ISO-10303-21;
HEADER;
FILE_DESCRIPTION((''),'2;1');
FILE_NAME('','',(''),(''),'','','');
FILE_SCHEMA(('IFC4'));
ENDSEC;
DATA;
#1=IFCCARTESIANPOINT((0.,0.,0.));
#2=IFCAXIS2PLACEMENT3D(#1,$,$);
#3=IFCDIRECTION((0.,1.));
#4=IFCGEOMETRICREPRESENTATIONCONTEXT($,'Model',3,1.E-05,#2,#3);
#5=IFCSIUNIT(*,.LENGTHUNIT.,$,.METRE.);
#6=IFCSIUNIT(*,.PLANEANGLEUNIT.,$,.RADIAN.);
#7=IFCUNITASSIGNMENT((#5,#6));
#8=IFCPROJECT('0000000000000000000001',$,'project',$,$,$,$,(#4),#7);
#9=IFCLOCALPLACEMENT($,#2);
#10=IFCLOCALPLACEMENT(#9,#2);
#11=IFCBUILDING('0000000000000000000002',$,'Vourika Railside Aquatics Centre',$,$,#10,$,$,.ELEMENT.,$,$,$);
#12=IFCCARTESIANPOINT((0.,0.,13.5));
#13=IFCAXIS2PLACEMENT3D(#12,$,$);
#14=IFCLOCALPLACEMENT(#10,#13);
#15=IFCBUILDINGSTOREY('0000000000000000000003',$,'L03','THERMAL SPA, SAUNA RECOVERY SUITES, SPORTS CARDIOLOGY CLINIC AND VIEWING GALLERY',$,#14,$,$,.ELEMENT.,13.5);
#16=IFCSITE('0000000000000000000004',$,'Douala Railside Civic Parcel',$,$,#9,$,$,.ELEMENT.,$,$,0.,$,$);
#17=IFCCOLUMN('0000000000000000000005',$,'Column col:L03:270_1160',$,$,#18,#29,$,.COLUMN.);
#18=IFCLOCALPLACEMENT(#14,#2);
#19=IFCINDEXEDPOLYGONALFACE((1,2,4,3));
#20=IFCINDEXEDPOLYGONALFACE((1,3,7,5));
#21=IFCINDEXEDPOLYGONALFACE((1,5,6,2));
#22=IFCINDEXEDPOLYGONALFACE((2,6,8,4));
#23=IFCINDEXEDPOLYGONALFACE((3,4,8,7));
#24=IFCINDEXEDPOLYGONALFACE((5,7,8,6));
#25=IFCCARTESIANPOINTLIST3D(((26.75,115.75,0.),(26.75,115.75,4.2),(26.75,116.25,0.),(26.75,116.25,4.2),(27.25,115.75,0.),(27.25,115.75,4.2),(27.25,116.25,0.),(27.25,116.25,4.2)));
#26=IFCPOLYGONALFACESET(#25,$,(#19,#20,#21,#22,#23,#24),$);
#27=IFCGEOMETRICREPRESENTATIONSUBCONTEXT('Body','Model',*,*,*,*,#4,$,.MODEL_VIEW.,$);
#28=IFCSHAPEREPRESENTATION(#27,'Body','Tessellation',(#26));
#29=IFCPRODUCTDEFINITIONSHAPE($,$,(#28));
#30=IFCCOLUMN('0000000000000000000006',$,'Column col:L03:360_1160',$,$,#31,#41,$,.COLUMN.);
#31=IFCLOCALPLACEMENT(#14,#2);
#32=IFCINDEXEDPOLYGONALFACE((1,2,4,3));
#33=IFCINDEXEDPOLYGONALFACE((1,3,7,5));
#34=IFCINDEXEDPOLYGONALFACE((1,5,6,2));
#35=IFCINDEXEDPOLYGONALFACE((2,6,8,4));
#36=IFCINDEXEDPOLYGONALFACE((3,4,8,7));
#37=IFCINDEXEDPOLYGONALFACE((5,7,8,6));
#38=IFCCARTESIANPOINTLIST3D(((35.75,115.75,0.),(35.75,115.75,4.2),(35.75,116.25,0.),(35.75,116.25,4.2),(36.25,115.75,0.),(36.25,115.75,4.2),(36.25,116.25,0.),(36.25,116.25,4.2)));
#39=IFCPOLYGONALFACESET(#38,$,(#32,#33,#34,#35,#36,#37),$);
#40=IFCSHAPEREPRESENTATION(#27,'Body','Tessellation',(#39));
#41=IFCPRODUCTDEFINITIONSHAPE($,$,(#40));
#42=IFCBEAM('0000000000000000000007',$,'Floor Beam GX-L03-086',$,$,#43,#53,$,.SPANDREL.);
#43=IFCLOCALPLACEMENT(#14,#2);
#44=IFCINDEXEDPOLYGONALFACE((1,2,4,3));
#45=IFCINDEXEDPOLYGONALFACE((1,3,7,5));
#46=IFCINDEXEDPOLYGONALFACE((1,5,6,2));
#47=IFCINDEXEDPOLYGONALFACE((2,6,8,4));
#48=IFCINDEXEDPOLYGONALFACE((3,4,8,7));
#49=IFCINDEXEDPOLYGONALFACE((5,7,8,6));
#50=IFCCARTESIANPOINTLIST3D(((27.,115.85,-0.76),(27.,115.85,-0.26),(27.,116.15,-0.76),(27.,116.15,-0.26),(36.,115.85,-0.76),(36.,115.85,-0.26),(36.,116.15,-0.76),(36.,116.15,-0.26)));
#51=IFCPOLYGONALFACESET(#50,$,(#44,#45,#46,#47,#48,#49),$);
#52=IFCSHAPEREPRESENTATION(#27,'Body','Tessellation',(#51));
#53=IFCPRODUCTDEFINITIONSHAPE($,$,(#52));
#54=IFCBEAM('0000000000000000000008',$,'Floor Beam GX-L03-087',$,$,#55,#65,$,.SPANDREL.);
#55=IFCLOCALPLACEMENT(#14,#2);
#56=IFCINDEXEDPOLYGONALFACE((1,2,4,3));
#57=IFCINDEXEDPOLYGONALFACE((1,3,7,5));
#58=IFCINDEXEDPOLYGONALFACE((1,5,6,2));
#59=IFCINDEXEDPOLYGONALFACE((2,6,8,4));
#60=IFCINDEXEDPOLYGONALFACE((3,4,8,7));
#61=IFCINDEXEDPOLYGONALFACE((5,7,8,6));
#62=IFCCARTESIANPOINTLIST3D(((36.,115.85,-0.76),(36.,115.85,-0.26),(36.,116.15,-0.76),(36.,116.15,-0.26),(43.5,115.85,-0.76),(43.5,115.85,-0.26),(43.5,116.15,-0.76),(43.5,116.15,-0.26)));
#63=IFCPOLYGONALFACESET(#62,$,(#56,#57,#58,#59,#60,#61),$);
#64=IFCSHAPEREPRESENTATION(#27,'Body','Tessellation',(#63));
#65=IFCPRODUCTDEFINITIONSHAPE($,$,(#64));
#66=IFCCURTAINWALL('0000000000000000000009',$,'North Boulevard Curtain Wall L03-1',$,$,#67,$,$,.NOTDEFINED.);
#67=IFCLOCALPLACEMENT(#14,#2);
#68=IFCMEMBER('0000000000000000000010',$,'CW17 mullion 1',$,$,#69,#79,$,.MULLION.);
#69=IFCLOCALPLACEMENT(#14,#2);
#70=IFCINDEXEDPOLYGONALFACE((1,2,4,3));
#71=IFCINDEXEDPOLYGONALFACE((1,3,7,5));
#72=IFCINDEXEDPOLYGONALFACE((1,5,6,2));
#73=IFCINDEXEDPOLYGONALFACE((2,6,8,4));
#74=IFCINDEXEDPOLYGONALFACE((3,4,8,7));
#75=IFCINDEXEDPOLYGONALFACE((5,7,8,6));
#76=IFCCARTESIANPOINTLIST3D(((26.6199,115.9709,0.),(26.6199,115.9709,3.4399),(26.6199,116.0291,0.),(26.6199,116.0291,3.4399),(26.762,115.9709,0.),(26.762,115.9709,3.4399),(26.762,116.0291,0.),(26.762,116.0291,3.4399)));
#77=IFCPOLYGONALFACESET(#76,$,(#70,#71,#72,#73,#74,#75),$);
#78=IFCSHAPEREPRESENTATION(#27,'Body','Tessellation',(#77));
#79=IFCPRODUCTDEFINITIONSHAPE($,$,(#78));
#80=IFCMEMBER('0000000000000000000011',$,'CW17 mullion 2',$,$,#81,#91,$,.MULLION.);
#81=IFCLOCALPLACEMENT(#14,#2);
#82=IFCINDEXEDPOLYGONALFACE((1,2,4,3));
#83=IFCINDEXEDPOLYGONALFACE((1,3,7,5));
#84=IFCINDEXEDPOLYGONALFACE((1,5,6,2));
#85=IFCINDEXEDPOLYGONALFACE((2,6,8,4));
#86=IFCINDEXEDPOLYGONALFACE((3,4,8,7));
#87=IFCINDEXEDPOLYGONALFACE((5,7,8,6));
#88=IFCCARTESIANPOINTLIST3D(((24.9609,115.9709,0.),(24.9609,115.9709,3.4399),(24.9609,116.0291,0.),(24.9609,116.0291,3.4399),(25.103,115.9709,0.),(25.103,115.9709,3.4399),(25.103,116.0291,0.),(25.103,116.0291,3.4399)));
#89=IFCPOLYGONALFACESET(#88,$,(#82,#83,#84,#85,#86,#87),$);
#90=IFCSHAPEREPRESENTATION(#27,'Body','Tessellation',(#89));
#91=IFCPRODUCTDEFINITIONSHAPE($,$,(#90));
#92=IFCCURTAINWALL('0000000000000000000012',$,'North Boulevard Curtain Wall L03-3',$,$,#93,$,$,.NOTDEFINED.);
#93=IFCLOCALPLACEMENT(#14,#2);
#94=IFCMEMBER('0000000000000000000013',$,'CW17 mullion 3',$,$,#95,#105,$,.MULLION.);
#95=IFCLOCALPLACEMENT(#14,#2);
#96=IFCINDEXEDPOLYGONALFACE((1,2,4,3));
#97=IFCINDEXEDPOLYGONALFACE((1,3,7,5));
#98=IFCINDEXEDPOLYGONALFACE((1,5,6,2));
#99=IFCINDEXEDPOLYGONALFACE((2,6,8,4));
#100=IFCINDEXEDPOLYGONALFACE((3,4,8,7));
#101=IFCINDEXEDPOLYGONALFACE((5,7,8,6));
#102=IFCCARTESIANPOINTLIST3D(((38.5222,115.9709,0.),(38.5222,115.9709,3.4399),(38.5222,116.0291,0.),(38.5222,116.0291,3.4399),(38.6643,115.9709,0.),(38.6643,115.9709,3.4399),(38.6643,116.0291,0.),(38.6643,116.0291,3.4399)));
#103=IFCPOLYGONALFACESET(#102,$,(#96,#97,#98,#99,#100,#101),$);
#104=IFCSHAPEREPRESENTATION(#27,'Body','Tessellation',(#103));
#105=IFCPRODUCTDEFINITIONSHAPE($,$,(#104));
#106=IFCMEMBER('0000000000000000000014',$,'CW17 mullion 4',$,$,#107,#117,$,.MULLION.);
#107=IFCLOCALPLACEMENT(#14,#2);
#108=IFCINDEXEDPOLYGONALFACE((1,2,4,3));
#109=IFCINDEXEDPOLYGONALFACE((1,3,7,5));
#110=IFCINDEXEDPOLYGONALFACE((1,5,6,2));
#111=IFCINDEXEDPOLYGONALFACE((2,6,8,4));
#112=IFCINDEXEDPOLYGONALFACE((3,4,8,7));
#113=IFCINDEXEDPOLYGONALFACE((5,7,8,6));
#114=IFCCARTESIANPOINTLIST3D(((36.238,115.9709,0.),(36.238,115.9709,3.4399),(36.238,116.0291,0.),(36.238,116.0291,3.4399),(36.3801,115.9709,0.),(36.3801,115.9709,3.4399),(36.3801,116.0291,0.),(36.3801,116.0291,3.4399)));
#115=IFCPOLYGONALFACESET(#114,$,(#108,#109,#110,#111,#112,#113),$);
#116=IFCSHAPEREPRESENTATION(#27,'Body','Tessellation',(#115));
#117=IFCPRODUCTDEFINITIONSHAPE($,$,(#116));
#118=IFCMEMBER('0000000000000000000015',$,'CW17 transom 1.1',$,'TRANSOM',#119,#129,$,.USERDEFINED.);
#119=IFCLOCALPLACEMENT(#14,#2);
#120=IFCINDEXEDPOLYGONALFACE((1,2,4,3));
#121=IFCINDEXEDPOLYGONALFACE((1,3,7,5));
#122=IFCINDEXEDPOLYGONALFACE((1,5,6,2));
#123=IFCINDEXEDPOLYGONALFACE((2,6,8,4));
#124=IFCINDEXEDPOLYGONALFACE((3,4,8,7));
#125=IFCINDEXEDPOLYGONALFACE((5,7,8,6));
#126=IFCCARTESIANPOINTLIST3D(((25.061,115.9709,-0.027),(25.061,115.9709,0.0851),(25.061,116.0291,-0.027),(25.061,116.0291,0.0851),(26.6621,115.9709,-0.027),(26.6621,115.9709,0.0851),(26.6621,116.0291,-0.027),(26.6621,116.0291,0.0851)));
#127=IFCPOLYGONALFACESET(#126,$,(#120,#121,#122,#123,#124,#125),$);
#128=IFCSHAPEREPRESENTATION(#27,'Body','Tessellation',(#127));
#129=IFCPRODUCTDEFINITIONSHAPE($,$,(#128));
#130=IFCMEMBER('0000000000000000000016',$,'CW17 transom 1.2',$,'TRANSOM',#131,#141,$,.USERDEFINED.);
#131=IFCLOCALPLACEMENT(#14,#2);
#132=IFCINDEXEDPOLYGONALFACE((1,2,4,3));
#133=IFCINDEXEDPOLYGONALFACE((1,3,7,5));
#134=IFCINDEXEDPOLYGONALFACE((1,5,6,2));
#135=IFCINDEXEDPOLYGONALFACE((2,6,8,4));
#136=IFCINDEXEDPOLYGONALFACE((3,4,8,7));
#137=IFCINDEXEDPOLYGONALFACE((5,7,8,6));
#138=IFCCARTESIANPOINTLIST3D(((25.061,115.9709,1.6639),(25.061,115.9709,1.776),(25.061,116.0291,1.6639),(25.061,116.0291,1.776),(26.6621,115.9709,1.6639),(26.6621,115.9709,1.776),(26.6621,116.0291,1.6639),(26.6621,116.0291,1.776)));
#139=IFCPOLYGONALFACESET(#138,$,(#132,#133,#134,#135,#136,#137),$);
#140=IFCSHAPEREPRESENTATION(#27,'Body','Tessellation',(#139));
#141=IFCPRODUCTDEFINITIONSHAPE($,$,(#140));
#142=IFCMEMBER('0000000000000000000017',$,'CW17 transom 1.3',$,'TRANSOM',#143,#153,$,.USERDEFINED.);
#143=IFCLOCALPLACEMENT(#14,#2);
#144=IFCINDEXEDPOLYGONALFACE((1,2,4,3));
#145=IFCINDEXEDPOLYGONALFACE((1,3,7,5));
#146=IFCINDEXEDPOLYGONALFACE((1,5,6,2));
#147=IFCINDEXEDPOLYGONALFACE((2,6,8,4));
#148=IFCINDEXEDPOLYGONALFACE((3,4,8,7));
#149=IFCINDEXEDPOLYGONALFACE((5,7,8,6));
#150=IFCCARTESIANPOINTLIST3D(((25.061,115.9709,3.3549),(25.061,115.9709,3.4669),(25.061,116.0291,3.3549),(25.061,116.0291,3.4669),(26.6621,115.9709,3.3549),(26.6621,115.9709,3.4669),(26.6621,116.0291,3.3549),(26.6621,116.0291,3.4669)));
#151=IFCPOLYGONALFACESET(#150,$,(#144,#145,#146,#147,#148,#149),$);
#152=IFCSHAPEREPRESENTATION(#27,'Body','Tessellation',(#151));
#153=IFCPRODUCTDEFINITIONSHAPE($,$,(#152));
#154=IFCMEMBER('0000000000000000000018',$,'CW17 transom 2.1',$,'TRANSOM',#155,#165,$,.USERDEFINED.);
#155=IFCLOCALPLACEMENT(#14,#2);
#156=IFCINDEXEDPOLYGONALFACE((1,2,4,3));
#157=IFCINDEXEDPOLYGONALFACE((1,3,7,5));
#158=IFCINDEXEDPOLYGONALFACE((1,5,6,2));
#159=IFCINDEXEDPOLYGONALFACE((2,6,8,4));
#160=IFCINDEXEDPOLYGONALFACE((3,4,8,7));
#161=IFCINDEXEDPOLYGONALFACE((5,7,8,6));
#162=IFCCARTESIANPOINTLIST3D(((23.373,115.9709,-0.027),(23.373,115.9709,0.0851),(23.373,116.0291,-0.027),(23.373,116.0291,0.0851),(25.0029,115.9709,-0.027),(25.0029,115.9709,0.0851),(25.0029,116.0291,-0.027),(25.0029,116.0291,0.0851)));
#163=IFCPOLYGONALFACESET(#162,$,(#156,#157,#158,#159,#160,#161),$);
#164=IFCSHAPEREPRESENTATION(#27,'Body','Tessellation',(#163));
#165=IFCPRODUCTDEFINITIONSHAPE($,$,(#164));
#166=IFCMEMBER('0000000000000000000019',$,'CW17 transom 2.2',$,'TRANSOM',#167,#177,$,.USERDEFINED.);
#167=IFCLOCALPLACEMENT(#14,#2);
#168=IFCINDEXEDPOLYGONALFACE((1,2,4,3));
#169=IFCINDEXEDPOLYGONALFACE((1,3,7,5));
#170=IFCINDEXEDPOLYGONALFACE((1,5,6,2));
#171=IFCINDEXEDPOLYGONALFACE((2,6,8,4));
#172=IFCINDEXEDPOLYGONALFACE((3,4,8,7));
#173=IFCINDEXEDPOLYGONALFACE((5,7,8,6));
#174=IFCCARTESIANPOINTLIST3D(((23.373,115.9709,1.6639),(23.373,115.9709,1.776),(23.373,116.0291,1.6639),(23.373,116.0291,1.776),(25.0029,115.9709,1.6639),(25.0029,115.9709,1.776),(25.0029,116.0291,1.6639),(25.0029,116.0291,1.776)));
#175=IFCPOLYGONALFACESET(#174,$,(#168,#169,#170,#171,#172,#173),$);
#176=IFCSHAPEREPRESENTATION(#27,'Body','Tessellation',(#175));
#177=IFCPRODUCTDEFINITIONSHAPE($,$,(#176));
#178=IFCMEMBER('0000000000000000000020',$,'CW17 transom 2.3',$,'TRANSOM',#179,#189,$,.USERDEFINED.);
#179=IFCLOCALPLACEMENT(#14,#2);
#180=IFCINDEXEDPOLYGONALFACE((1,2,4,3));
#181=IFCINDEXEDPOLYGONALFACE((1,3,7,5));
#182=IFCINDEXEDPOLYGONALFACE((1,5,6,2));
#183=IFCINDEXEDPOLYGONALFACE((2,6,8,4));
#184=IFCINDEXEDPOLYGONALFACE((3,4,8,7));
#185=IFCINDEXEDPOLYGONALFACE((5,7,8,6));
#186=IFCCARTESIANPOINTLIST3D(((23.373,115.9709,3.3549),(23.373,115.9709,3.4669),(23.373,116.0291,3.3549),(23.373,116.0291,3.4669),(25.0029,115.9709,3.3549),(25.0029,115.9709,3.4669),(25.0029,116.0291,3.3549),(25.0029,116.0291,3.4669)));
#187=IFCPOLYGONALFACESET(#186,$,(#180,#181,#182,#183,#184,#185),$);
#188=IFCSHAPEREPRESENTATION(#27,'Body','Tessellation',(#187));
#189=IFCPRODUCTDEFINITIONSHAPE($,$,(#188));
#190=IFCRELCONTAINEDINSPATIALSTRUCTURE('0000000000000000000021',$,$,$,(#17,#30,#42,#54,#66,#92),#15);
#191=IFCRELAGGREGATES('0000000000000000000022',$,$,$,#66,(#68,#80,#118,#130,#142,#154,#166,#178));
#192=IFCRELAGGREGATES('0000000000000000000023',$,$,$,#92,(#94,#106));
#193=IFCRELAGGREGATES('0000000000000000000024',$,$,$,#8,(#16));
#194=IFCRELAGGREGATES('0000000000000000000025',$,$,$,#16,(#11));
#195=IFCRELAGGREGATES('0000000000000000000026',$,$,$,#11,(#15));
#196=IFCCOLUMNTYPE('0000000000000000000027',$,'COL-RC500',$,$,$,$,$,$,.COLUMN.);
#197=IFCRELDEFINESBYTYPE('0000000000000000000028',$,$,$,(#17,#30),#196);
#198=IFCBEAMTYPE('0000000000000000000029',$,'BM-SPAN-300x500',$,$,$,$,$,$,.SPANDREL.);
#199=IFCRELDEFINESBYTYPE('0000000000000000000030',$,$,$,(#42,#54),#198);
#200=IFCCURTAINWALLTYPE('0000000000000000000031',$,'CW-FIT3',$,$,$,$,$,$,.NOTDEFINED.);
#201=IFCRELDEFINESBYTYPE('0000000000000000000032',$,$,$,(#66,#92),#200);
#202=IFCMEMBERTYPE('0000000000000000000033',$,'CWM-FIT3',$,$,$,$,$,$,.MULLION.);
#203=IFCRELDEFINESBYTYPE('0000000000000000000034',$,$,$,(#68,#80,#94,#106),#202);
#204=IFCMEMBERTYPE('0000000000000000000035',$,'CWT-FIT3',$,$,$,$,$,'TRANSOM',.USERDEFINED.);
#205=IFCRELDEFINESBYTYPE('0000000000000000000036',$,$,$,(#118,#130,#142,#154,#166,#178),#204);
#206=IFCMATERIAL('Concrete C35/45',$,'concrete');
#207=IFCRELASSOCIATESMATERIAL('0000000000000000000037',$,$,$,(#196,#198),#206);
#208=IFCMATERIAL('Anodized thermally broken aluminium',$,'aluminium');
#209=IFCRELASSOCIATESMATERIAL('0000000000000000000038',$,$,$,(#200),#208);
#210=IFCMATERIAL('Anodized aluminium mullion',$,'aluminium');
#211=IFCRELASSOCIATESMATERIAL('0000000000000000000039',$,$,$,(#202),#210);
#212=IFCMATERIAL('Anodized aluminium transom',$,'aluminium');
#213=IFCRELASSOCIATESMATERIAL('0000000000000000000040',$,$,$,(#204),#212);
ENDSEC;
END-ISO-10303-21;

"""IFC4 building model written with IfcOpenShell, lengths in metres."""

from ifc_helpers import new_model, si_unit, direction, frame, origin, origin_2d, place, context, subcontext, project, spatial, rectangle, extrude, material, material_profile, profile_set, type_object, element, aggregate, save


model = new_model("IFC4")

# Units and contexts
model_context = context("Model", 3, precision=1e-05, world=origin(), true_north=direction((0.0, 1.0)))
body_context = subcontext(model_context, "Body", "Model", "MODEL_VIEW")
ifc_project = project(units=[si_unit("LENGTHUNIT", "METRE"), si_unit("PLANEANGLEUNIT", "RADIAN")], contexts=[model_context])

# Site, building, storey
site_placement = place(None, origin())
site = spatial("IfcSite", under=ifc_project, at=site_placement, Name="Douala Railside Civic Parcel", CompositionType="ELEMENT", RefElevation=0.0)
building_placement = place(site_placement, origin())
building = spatial("IfcBuilding", under=site, at=building_placement, Name="Vourika Railside Aquatics Centre", CompositionType="ELEMENT")
storey_placement = place(building_placement, frame((0.0, 0.0, 13.5)))
storey = spatial("IfcBuildingStorey", under=building, at=storey_placement, Name="L03", Description="THERMAL SPA, SAUNA RECOVERY SUITES, SPORTS CARDIOLOGY CLINIC AND VIEWING GALLERY", CompositionType="ELEMENT", Elevation=13.5)

# Columns
ifc_material_1 = material(Name="Concrete C35/45", Category="concrete")
ifc_material_profile_1 = material_profile(ifc_material_1, rectangle(XDim=0.5, YDim=0.5, at=origin_2d()), Name="RC 500x500")
ifc_profile_set_1 = profile_set([ifc_material_profile_1], Name="Concrete C35/45")
column_type = type_object("IfcColumnType", Name="COL-RC500", PredefinedType="COLUMN", material=ifc_profile_set_1)
for number, where, z_axis, x_axis, name in (
    (1, (27.0, 116.0, 0.0), (0.0, 0.0, 1.0), (1.0, 0.0, 0.0), "Column col:L03:270_1160"),
    (2, (36.0, 116.0, 0.0), (0.0, 0.0, 1.0), (1.0, 0.0, 0.0), "Column col:L03:360_1160"),
):
    element("IfcColumn", number, at=place(storey_placement, frame(where, z_axis=z_axis, x_axis=x_axis)), inside=storey, type_object=column_type, Name=name, PredefinedType="COLUMN", context=body_context, shape_type="SweptSolid", body=[
        extrude(rectangle(XDim=0.5, YDim=0.5, at=origin_2d()), origin(), (0.0, 0.0, 1.0), 4.2),
    ])

# Beams
ifc_material_profile_2 = material_profile(ifc_material_1, rectangle(XDim=0.3, YDim=0.5, at=origin_2d()), Name="RC 300x500")
ifc_profile_set_2 = profile_set([ifc_material_profile_2], Name="Concrete C35/45")
beam_type = type_object("IfcBeamType", Name="BM-SPAN-300x500", PredefinedType="SPANDREL", material=ifc_profile_set_2)
beam_1_placement = place(storey_placement, frame((27.0, 116.0, -0.51), z_axis=(1.0, 0.0, 0.0), x_axis=(0.0, 1.0, 0.0)))
element("IfcBeam", 3, at=beam_1_placement, inside=storey, type_object=beam_type, Name="Floor Beam GX-L03-086", PredefinedType="SPANDREL", context=body_context, shape_type="SweptSolid", body=[
    extrude(rectangle(XDim=0.3, YDim=0.5, at=origin_2d()), origin(), (0.0, 0.0, 1.0), 9.0),
])
beam_2_placement = place(storey_placement, frame((36.0, 116.0, -0.51), z_axis=(1.0, 0.0, 0.0), x_axis=(0.0, 1.0, 0.0)))
element("IfcBeam", 4, at=beam_2_placement, inside=storey, type_object=beam_type, Name="Floor Beam GX-L03-087", PredefinedType="SPANDREL", context=body_context, shape_type="SweptSolid", body=[
    extrude(rectangle(XDim=0.3, YDim=0.5, at=origin_2d()), origin(), (0.0, 0.0, 1.0), 7.5),
])

# Curtain walls, members
ifc_material_2 = material(Name="Anodized thermally broken aluminium", Category="aluminium")
curtain_wall_type = type_object("IfcCurtainWallType", Name="CW-FIT3", PredefinedType="NOTDEFINED", material=ifc_material_2)
curtain_wall_1_placement = place(storey_placement, origin())
curtain_wall_1 = element("IfcCurtainWall", 5, at=curtain_wall_1_placement, inside=storey, type_object=curtain_wall_type, Name="North Boulevard Curtain Wall L03-1", PredefinedType="NOTDEFINED")
ifc_material_3 = material(Name="Anodized aluminium mullion", Category="aluminium")
ifc_material_profile_3 = material_profile(ifc_material_3, rectangle(XDim=0.0581, YDim=0.1421, at=origin_2d()), Name="ALU-M 58x142")
ifc_profile_set_3 = profile_set([ifc_material_profile_3], Name="Anodized aluminium mullion")
member_type_1 = type_object("IfcMemberType", Name="CWM-FIT3", PredefinedType="MULLION", material=ifc_profile_set_3)
member_1_placement = place(storey_placement, frame((26.6909, 116.0, 0.0), z_axis=(0.0, 0.0, 1.0), x_axis=(0.0, -1.0, 0.0)))
member_1 = element("IfcMember", 6, at=member_1_placement, type_object=member_type_1, Name="CW17 mullion 1", PredefinedType="MULLION", context=body_context, shape_type="SweptSolid", body=[
    extrude(rectangle(XDim=0.0581, YDim=0.1421, at=origin_2d()), origin(), (0.0, 0.0, 1.0), 3.4399),
])
member_2_placement = place(storey_placement, frame((25.032, 116.0, 0.0), z_axis=(0.0, 0.0, 1.0), x_axis=(0.0, -1.0, 0.0)))
member_2 = element("IfcMember", 7, at=member_2_placement, type_object=member_type_1, Name="CW17 mullion 2", PredefinedType="MULLION", context=body_context, shape_type="SweptSolid", body=[
    extrude(rectangle(XDim=0.0581, YDim=0.1421, at=origin_2d()), origin(), (0.0, 0.0, 1.0), 3.4399),
])
curtain_wall_2_placement = place(storey_placement, origin())
curtain_wall_2 = element("IfcCurtainWall", 8, at=curtain_wall_2_placement, inside=storey, type_object=curtain_wall_type, Name="North Boulevard Curtain Wall L03-3", PredefinedType="NOTDEFINED")
member_3_placement = place(storey_placement, frame((38.5933, 116.0, 0.0), z_axis=(0.0, 0.0, 1.0), x_axis=(0.0, -1.0, 0.0)))
member_3 = element("IfcMember", 9, at=member_3_placement, type_object=member_type_1, Name="CW17 mullion 3", PredefinedType="MULLION", context=body_context, shape_type="SweptSolid", body=[
    extrude(rectangle(XDim=0.0581, YDim=0.1421, at=origin_2d()), origin(), (0.0, 0.0, 1.0), 3.4399),
])
member_4_placement = place(storey_placement, frame((36.3091, 116.0, 0.0), z_axis=(0.0, 0.0, 1.0), x_axis=(0.0, -1.0, 0.0)))
member_4 = element("IfcMember", 10, at=member_4_placement, type_object=member_type_1, Name="CW17 mullion 4", PredefinedType="MULLION", context=body_context, shape_type="SweptSolid", body=[
    extrude(rectangle(XDim=0.0581, YDim=0.1421, at=origin_2d()), origin(), (0.0, 0.0, 1.0), 3.4399),
])

# Members
ifc_material_4 = material(Name="Anodized aluminium transom", Category="aluminium")
ifc_material_profile_4 = material_profile(ifc_material_4, rectangle(XDim=0.0581, YDim=0.1121, at=origin_2d()), Name="ALU-T 58x112")
ifc_profile_set_4 = profile_set([ifc_material_profile_4], Name="Anodized aluminium transom")
member_type_2 = type_object("IfcMemberType", Name="CWT-FIT3", ElementType="TRANSOM", PredefinedType="USERDEFINED", material=ifc_profile_set_4)
member_5_placement = place(storey_placement, frame((26.6621, 116.0, 0.0291), z_axis=(-1.0, 0.0, 0.0), x_axis=(0.0, -1.0, 0.0)))
member_5 = element("IfcMember", 11, at=member_5_placement, type_object=member_type_2, Name="CW17 transom 1.1", ObjectType="TRANSOM", PredefinedType="USERDEFINED", context=body_context, shape_type="SweptSolid", body=[
    extrude(rectangle(XDim=0.0581, YDim=0.1121, at=origin_2d()), origin(), (0.0, 0.0, 1.0), 1.6011),
])
member_6_placement = place(storey_placement, frame((26.6621, 116.0, 1.72), z_axis=(-1.0, 0.0, 0.0), x_axis=(0.0, -1.0, 0.0)))
member_6 = element("IfcMember", 12, at=member_6_placement, type_object=member_type_2, Name="CW17 transom 1.2", ObjectType="TRANSOM", PredefinedType="USERDEFINED", context=body_context, shape_type="SweptSolid", body=[
    extrude(rectangle(XDim=0.0581, YDim=0.1121, at=origin_2d()), origin(), (0.0, 0.0, 1.0), 1.6011),
])
member_7_placement = place(storey_placement, frame((26.6621, 116.0, 3.4109), z_axis=(-1.0, 0.0, 0.0), x_axis=(0.0, -1.0, 0.0)))
member_7 = element("IfcMember", 13, at=member_7_placement, type_object=member_type_2, Name="CW17 transom 1.3", ObjectType="TRANSOM", PredefinedType="USERDEFINED", context=body_context, shape_type="SweptSolid", body=[
    extrude(rectangle(XDim=0.0581, YDim=0.1121, at=origin_2d()), origin(), (0.0, 0.0, 1.0), 1.6011),
])
member_8_placement = place(storey_placement, frame((25.0029, 116.0, 0.0291), z_axis=(-1.0, 0.0, 0.0), x_axis=(0.0, -1.0, 0.0)))
member_8 = element("IfcMember", 14, at=member_8_placement, type_object=member_type_2, Name="CW17 transom 2.1", ObjectType="TRANSOM", PredefinedType="USERDEFINED", context=body_context, shape_type="SweptSolid", body=[
    extrude(rectangle(XDim=0.0581, YDim=0.1121, at=origin_2d()), origin(), (0.0, 0.0, 1.0), 1.6299),
])
member_9_placement = place(storey_placement, frame((25.0029, 116.0, 1.72), z_axis=(-1.0, 0.0, 0.0), x_axis=(0.0, -1.0, 0.0)))
member_9 = element("IfcMember", 15, at=member_9_placement, type_object=member_type_2, Name="CW17 transom 2.2", ObjectType="TRANSOM", PredefinedType="USERDEFINED", context=body_context, shape_type="SweptSolid", body=[
    extrude(rectangle(XDim=0.0581, YDim=0.1121, at=origin_2d()), origin(), (0.0, 0.0, 1.0), 1.6299),
])
member_10_placement = place(storey_placement, frame((25.0029, 116.0, 3.4109), z_axis=(-1.0, 0.0, 0.0), x_axis=(0.0, -1.0, 0.0)))
member_10 = element("IfcMember", 16, at=member_10_placement, type_object=member_type_2, Name="CW17 transom 2.3", ObjectType="TRANSOM", PredefinedType="USERDEFINED", context=body_context, shape_type="SweptSolid", body=[
    extrude(rectangle(XDim=0.0581, YDim=0.1121, at=origin_2d()), origin(), (0.0, 0.0, 1.0), 1.6299),
])

aggregate(curtain_wall_1, [member_1, member_2, member_5, member_6, member_7, member_8, member_9, member_10])
aggregate(curtain_wall_2, [member_3, member_4])

save(model, "model.ifc")
